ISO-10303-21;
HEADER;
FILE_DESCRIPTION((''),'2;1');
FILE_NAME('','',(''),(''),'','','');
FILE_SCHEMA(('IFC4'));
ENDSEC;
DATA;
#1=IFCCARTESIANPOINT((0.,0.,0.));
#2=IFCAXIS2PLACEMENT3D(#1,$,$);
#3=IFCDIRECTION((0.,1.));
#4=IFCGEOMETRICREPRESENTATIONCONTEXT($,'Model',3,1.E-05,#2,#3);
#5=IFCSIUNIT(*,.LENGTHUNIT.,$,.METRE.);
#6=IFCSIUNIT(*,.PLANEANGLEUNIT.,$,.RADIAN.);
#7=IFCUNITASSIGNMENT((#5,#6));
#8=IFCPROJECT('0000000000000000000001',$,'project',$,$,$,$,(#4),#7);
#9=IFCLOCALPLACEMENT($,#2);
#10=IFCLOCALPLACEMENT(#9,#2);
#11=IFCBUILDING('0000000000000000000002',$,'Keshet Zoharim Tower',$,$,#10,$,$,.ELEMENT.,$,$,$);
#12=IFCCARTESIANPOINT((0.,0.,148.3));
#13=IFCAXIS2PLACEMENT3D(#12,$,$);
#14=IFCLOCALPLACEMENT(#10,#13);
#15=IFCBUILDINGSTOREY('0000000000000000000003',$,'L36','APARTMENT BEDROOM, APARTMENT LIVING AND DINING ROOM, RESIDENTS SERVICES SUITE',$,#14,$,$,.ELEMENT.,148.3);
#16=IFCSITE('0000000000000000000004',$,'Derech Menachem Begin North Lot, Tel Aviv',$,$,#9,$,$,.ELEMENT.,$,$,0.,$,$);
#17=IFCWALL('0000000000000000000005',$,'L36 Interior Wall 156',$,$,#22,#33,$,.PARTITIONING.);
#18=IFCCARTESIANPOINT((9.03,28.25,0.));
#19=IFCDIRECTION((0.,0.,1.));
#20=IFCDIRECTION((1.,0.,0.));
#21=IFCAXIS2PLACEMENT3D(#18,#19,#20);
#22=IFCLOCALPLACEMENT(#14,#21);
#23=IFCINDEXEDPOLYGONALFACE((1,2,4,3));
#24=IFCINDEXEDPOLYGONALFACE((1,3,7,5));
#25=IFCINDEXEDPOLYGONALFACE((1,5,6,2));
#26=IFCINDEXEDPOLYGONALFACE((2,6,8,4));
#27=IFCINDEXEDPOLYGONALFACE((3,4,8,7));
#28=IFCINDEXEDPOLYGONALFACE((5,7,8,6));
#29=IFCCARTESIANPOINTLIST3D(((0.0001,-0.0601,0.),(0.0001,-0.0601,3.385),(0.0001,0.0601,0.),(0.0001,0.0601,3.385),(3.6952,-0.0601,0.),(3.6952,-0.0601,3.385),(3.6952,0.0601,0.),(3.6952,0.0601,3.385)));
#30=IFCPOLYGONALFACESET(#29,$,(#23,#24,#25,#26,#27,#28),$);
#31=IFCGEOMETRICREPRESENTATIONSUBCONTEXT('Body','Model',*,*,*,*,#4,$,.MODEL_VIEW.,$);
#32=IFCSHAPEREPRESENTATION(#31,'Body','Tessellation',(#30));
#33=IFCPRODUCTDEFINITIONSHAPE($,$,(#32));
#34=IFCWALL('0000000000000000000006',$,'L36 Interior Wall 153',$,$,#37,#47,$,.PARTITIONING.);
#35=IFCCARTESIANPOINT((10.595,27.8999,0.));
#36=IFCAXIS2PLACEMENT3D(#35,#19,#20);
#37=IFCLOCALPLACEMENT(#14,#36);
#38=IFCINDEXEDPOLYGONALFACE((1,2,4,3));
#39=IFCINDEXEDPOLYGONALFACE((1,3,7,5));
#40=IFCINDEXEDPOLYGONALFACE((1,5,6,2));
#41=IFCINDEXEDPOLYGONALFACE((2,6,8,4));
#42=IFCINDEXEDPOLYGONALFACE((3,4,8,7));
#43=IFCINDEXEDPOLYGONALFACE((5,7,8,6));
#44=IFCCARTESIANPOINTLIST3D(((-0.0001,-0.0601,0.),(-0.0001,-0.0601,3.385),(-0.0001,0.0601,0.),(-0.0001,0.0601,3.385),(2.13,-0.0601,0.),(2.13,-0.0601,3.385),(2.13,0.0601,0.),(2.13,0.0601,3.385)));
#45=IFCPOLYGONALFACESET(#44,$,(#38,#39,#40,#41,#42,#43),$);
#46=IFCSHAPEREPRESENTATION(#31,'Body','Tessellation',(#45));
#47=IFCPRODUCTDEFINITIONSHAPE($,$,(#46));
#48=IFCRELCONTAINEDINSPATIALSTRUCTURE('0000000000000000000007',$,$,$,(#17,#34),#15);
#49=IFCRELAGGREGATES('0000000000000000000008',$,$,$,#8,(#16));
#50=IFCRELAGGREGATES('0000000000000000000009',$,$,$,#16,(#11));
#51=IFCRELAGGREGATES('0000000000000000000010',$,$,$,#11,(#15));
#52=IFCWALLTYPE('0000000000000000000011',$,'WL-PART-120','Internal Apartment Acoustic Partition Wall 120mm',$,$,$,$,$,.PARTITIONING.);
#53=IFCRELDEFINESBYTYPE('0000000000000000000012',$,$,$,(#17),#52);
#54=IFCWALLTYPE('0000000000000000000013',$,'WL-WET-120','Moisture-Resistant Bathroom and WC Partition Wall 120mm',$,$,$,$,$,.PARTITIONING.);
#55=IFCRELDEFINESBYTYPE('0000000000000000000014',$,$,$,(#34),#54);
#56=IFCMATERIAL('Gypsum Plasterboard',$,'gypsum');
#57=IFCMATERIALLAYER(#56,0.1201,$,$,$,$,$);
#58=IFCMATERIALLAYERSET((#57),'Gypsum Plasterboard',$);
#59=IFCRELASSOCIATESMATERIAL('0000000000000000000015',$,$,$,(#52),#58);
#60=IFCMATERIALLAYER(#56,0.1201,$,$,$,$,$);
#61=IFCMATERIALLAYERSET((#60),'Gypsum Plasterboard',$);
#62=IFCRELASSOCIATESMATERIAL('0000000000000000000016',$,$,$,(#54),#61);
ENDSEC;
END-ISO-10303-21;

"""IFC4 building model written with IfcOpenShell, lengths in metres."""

from ifc_helpers import new_model, si_unit, direction, frame, frame_2d, origin, place, context, subcontext, project, spatial, rectangle, extrude, material, layer, layer_set, type_object, element, save


model = new_model("IFC4")

# Units and contexts
model_context = context("Model", 3, precision=1e-05, world=origin(), true_north=direction((0.0, 1.0)))
body_context = subcontext(model_context, "Body", "Model", "MODEL_VIEW")
ifc_project = project(units=[si_unit("LENGTHUNIT", "METRE"), si_unit("PLANEANGLEUNIT", "RADIAN")], contexts=[model_context])

# Site, building, storey
site_placement = place(None, origin())
site = spatial("IfcSite", under=ifc_project, at=site_placement, Name="Derech Menachem Begin North Lot, Tel Aviv", CompositionType="ELEMENT", RefElevation=0.0)
building_placement = place(site_placement, origin())
building = spatial("IfcBuilding", under=site, at=building_placement, Name="Keshet Zoharim Tower", CompositionType="ELEMENT")
storey_placement = place(building_placement, frame((0.0, 0.0, 148.3)))
storey = spatial("IfcBuildingStorey", under=building, at=storey_placement, Name="L36", Description="APARTMENT BEDROOM, APARTMENT LIVING AND DINING ROOM, RESIDENTS SERVICES SUITE", CompositionType="ELEMENT", Elevation=148.3)

# Shared definitions
ifc_material_1 = material(Name="Gypsum Plasterboard", Category="gypsum")

# Wall
ifc_layer_1 = layer(ifc_material_1, 0.1201)
ifc_layer_set_1 = layer_set([ifc_layer_1], Name="Gypsum Plasterboard")
wall_type_1 = type_object("IfcWallType", Name="WL-PART-120", Description="Internal Apartment Acoustic Partition Wall 120mm", PredefinedType="PARTITIONING", material=ifc_layer_set_1)
wall_1_placement = place(storey_placement, frame((9.03, 28.25, 0.0), z_axis=(0.0, 0.0, 1.0), x_axis=(1.0, 0.0, 0.0)))
element("IfcWall", 1, at=wall_1_placement, inside=storey, type_object=wall_type_1, Name="L36 Interior Wall 156", PredefinedType="PARTITIONING", context=body_context, shape_type="SweptSolid", body=[
    extrude(rectangle(XDim=3.6951, YDim=0.1201, at=frame_2d((1.8477, 0.0))), origin(), (0.0, 0.0, 1.0), 3.385),
])

# Wall
ifc_layer_2 = layer(ifc_material_1, 0.1201)
ifc_layer_set_2 = layer_set([ifc_layer_2], Name="Gypsum Plasterboard")
wall_type_2 = type_object("IfcWallType", Name="WL-WET-120", Description="Moisture-Resistant Bathroom and WC Partition Wall 120mm", PredefinedType="PARTITIONING", material=ifc_layer_set_2)
wall_2_placement = place(storey_placement, frame((10.595, 27.8999, 0.0), z_axis=(0.0, 0.0, 1.0), x_axis=(1.0, 0.0, 0.0)))
element("IfcWall", 2, at=wall_2_placement, inside=storey, type_object=wall_type_2, Name="L36 Interior Wall 153", PredefinedType="PARTITIONING", context=body_context, shape_type="SweptSolid", body=[
    extrude(rectangle(XDim=2.1301, YDim=0.1201, at=frame_2d((1.0649, 0.0))), origin(), (0.0, 0.0, 1.0), 3.385),
])

save(model, "model.ifc")
